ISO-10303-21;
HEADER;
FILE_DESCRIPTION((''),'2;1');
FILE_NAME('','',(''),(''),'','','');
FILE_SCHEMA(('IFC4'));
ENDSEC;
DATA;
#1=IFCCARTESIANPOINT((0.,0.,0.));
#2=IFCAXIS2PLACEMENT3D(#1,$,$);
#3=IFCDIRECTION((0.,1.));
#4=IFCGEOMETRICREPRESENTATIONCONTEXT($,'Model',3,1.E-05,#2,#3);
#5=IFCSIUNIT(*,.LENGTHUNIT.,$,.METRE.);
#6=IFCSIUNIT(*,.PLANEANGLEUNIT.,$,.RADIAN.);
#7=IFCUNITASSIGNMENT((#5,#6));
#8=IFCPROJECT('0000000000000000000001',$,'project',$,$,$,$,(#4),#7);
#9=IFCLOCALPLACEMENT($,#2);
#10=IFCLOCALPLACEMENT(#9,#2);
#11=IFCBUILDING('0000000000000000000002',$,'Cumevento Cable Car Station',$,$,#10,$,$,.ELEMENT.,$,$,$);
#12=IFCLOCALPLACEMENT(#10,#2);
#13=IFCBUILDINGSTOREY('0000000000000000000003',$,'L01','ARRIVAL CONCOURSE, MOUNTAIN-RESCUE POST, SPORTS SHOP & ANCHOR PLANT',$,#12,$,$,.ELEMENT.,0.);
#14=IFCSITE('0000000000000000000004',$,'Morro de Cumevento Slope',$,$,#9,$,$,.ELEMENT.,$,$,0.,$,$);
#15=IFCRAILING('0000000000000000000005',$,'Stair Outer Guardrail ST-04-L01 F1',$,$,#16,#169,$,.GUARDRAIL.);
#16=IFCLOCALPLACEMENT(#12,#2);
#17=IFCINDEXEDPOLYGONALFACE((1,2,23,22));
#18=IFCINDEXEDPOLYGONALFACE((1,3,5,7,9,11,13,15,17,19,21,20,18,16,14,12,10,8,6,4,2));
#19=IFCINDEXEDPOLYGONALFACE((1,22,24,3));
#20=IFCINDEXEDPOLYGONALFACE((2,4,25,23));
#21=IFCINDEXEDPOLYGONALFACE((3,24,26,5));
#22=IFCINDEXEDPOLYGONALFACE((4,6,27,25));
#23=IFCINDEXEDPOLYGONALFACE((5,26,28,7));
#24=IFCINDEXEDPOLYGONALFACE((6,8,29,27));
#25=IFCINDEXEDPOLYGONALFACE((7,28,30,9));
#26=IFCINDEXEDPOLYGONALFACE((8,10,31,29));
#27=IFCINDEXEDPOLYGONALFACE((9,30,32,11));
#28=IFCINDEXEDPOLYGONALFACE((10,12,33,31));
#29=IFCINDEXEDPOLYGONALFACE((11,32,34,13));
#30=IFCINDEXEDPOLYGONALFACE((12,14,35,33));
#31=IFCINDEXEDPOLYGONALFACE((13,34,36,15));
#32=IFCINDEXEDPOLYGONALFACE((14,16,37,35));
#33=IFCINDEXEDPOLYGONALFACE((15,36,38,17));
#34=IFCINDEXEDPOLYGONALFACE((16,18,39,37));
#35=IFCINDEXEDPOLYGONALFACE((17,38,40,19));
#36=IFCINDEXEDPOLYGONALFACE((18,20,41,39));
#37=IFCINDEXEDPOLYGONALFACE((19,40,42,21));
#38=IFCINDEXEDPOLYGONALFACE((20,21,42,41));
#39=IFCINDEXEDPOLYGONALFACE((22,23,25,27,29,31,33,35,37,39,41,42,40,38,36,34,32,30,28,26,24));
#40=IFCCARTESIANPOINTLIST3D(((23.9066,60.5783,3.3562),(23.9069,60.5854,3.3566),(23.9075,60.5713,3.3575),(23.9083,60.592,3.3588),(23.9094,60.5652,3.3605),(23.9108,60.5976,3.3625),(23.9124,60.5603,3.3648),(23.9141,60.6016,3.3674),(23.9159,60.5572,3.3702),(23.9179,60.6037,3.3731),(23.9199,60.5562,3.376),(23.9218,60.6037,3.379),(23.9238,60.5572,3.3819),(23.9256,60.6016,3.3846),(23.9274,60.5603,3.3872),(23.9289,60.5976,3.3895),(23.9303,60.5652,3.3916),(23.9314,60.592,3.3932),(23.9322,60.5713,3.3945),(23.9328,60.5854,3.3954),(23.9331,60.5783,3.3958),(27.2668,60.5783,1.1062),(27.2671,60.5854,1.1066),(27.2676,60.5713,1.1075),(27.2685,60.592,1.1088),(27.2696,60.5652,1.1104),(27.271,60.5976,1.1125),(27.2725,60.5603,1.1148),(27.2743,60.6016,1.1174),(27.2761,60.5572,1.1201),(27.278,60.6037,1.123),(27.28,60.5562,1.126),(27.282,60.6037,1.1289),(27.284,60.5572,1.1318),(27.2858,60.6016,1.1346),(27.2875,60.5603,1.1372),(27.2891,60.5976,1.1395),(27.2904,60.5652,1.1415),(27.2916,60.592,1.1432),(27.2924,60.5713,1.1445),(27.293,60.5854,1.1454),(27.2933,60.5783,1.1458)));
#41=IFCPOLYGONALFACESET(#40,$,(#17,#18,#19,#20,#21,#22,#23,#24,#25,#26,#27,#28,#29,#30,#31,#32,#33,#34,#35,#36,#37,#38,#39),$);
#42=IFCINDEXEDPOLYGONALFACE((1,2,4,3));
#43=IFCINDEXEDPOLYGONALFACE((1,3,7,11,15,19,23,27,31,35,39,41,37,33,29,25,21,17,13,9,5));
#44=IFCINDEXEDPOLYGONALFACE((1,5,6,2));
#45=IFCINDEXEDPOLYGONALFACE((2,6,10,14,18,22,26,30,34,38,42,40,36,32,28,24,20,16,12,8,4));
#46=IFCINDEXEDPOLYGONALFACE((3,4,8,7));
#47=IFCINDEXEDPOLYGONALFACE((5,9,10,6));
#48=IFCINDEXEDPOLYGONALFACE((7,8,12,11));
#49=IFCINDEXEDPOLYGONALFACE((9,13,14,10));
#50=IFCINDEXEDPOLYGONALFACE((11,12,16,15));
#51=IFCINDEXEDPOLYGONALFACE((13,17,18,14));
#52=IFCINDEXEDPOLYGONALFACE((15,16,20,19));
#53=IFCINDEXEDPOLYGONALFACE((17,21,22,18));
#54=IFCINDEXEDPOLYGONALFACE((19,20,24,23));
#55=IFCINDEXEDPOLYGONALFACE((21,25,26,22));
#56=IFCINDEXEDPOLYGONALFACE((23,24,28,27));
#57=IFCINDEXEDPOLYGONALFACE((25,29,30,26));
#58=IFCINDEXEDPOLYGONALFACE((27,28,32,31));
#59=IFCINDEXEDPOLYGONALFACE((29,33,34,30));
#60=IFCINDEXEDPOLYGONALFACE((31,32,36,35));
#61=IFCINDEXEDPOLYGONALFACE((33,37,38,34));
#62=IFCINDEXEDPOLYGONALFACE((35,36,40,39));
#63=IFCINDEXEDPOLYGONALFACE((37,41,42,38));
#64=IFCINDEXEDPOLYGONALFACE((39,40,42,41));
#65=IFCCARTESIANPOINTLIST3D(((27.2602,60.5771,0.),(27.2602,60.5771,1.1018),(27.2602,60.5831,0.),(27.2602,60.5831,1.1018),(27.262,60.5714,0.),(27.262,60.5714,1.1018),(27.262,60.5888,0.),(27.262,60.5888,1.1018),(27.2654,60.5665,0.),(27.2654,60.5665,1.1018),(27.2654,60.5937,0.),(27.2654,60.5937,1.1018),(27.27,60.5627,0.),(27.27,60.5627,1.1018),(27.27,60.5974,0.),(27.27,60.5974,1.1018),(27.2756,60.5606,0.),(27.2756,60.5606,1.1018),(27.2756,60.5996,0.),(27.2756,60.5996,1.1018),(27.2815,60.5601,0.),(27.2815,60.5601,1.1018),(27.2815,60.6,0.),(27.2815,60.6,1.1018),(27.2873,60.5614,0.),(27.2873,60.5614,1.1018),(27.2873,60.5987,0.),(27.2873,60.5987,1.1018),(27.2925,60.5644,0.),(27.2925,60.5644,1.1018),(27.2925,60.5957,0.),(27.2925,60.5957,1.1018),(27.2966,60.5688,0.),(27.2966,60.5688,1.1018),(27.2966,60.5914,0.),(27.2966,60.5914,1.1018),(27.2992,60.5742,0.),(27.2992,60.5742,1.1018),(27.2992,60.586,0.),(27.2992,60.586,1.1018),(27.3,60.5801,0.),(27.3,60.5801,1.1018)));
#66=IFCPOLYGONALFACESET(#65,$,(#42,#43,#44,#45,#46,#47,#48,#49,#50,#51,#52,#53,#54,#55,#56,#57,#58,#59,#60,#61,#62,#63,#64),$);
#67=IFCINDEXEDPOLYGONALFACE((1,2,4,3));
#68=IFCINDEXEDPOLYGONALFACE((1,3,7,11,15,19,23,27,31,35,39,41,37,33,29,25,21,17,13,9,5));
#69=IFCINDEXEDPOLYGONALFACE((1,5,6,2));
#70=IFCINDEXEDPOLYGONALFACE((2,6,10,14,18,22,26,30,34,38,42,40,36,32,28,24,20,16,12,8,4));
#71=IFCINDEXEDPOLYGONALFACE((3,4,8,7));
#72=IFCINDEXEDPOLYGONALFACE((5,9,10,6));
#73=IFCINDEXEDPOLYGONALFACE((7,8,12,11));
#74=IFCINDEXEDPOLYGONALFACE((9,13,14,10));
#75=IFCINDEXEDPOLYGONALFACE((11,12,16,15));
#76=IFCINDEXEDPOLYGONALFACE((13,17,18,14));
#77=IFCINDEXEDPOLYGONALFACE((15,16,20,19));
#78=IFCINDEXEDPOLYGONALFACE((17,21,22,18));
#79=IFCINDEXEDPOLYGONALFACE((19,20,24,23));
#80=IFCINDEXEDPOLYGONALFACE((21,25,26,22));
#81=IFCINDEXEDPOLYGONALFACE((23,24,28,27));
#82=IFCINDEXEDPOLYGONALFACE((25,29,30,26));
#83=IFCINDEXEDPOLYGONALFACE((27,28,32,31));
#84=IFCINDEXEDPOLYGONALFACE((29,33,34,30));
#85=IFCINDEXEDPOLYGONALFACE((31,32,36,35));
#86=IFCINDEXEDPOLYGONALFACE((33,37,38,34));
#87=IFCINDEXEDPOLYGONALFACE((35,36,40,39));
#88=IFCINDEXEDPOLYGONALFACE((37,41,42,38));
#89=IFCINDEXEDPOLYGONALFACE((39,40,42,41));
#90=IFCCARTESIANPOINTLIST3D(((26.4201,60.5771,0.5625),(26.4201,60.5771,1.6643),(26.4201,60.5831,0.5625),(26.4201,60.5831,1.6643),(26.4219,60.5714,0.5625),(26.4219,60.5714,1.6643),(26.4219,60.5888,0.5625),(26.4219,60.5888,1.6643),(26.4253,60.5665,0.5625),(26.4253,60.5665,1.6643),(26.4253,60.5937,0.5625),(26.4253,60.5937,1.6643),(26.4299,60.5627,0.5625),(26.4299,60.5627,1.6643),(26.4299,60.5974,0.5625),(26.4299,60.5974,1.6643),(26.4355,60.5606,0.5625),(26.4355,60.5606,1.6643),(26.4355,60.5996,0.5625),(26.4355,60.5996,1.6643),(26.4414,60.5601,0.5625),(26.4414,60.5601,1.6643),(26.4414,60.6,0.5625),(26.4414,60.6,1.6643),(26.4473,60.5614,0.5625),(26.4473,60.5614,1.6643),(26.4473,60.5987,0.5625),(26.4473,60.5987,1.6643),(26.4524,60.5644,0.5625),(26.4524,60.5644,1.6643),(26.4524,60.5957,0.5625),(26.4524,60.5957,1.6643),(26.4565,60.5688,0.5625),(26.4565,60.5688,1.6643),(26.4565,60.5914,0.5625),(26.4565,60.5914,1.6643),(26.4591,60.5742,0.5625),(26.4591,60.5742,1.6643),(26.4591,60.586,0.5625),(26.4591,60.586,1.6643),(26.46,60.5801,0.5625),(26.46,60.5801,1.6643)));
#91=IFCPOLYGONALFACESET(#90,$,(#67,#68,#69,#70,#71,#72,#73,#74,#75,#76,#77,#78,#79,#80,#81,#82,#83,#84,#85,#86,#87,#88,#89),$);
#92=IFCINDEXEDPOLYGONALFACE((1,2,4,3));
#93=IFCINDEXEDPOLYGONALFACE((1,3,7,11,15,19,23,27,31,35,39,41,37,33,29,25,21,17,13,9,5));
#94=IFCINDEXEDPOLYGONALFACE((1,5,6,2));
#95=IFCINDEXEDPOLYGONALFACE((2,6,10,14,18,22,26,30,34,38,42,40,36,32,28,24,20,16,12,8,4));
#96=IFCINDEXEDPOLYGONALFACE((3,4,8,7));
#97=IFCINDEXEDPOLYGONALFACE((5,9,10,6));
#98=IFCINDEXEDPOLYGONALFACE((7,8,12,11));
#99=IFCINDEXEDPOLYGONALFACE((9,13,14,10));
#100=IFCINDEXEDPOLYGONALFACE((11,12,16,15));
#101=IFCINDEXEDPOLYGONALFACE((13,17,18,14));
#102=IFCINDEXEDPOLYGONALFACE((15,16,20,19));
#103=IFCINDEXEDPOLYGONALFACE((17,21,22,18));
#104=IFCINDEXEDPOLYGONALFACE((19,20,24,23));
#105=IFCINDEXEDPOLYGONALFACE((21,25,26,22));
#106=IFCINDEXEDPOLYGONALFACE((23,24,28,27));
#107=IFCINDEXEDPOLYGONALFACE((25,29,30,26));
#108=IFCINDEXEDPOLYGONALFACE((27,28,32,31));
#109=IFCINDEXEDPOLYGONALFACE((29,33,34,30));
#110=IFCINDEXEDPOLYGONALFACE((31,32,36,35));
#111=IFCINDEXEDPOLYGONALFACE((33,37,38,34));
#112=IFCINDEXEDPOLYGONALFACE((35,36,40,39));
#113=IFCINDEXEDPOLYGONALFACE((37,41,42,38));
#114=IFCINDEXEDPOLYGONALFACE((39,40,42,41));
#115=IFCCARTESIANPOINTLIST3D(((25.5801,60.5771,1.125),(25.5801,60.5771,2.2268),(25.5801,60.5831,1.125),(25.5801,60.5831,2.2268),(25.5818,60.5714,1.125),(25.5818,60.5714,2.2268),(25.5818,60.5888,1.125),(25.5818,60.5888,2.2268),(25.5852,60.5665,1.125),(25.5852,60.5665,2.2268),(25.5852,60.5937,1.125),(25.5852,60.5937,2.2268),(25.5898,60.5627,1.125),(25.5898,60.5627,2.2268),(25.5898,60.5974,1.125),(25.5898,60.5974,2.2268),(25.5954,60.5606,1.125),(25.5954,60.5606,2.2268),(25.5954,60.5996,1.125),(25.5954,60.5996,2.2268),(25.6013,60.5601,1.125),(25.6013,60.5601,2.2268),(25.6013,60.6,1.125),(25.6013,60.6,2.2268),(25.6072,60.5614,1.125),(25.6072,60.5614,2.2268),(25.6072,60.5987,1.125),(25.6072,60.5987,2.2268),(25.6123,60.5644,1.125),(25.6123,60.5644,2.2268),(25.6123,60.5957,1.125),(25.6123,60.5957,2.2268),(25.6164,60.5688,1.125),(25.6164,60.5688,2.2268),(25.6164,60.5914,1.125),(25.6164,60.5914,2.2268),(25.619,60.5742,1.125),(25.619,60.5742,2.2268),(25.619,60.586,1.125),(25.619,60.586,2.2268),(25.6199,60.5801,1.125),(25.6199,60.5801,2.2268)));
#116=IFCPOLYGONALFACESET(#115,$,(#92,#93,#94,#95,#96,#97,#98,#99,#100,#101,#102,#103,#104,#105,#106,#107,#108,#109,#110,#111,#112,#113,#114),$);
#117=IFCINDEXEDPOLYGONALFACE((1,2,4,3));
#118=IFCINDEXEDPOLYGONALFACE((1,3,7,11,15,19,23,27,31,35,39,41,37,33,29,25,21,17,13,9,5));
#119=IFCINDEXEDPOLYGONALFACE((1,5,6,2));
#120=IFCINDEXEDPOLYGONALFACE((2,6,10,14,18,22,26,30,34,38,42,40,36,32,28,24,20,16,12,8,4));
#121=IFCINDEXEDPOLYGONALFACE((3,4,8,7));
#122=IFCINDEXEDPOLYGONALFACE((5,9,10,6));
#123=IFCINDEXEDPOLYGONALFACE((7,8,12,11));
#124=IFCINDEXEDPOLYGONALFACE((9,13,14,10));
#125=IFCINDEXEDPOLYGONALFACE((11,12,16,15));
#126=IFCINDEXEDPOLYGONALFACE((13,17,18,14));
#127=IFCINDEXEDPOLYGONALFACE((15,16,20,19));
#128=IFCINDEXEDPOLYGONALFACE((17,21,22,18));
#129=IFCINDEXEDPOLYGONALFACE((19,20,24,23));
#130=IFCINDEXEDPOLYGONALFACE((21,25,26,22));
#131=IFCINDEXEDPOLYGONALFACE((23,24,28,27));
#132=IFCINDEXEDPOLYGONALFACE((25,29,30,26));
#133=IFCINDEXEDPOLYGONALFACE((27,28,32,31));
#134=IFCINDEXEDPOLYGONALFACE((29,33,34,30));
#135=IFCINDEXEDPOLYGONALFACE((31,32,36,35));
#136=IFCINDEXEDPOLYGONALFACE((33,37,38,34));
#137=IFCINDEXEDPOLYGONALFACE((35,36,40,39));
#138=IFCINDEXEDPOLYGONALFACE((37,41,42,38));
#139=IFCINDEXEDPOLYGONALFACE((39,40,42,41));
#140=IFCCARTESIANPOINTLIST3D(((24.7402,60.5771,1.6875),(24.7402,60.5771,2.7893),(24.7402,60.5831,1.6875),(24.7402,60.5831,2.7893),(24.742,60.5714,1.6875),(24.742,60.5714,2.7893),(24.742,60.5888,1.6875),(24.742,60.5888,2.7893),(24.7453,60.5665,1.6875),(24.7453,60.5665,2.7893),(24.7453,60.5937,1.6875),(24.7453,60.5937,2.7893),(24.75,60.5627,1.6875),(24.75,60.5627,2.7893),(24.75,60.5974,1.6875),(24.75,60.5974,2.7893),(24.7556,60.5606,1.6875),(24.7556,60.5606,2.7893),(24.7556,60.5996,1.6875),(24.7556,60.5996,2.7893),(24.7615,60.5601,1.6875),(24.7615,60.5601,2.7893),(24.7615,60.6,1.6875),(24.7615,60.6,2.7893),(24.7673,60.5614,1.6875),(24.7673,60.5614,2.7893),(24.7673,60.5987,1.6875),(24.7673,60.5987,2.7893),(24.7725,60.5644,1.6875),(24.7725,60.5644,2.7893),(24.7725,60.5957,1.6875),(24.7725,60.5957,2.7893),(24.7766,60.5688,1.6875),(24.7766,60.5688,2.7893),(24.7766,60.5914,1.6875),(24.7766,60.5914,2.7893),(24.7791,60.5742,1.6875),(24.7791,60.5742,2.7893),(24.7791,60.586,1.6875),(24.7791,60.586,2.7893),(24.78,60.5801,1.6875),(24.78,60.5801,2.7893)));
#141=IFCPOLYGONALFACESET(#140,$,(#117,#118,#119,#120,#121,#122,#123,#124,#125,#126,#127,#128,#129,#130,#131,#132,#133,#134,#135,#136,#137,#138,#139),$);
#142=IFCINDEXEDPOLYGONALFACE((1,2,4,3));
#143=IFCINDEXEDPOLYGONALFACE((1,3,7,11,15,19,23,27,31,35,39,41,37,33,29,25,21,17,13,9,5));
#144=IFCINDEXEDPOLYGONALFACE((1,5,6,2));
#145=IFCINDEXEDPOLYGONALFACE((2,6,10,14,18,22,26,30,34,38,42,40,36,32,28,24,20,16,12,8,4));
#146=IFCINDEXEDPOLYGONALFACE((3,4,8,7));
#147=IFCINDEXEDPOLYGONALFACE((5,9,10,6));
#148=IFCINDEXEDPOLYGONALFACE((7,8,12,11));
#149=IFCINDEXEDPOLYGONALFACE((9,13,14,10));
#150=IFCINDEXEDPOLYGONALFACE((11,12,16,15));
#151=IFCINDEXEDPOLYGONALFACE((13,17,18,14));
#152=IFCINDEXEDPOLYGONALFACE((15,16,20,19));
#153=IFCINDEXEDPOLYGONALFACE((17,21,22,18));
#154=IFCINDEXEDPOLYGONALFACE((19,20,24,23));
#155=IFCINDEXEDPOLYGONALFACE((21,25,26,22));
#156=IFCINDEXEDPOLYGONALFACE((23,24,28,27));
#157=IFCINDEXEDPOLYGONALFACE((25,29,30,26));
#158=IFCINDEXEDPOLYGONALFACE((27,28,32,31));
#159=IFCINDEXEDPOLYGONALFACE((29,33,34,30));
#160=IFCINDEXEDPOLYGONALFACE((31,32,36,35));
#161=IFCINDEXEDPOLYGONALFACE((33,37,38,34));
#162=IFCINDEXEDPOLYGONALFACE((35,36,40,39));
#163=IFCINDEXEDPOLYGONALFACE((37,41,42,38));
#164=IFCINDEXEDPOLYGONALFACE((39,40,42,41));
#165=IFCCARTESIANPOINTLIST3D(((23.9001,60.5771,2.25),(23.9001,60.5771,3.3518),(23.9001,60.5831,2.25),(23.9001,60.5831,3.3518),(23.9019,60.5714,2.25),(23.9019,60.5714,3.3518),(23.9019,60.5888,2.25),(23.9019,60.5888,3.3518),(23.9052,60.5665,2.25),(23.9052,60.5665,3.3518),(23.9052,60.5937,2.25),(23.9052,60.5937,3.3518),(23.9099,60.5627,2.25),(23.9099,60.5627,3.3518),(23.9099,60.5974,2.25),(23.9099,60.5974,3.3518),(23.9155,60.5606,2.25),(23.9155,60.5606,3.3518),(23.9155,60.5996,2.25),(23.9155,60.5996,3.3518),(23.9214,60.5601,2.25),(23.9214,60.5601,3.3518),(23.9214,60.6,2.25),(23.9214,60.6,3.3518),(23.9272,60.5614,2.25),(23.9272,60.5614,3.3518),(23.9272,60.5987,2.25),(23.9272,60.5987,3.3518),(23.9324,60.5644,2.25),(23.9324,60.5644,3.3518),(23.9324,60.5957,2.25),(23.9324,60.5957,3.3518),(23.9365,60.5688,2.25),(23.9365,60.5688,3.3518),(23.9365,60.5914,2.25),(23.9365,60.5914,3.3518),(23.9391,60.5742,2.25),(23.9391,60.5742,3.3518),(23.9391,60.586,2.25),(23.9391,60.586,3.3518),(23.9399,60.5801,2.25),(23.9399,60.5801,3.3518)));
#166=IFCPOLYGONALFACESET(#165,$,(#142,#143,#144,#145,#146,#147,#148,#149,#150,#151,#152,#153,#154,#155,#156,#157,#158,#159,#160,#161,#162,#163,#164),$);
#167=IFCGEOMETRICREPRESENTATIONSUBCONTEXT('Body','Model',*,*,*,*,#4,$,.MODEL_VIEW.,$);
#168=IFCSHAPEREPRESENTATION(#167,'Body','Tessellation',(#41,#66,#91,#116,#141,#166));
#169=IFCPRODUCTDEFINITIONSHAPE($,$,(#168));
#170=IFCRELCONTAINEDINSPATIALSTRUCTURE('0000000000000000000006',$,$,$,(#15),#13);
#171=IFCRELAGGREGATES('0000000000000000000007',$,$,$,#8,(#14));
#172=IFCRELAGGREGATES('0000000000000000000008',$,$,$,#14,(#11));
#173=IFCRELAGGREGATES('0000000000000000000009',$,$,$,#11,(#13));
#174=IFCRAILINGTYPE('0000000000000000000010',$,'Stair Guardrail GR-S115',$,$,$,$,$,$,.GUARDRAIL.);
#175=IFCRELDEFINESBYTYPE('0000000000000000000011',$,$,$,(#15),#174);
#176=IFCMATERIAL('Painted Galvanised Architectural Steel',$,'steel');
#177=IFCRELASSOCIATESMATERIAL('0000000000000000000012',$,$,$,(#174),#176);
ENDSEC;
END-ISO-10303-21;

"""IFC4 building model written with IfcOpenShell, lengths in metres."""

from ifc_helpers import new_model, si_unit, direction, frame, origin, origin_2d, place, context, subcontext, project, spatial, circle, extrude, material, type_object, element, save


model = new_model("IFC4")

# Units and contexts
model_context = context("Model", 3, precision=1e-05, world=origin(), true_north=direction((0.0, 1.0)))
body_context = subcontext(model_context, "Body", "Model", "MODEL_VIEW")
ifc_project = project(units=[si_unit("LENGTHUNIT", "METRE"), si_unit("PLANEANGLEUNIT", "RADIAN")], contexts=[model_context])

# Site, building, storey
site_placement = place(None, origin())
site = spatial("IfcSite", under=ifc_project, at=site_placement, Name="Morro de Cumevento Slope", CompositionType="ELEMENT", RefElevation=0.0)
building_placement = place(site_placement, origin())
building = spatial("IfcBuilding", under=site, at=building_placement, Name="Cumevento Cable Car Station", CompositionType="ELEMENT")
storey_placement = place(building_placement, origin())
storey = spatial("IfcBuildingStorey", under=building, at=storey_placement, Name="L01", Description="ARRIVAL CONCOURSE, MOUNTAIN-RESCUE POST, SPORTS SHOP & ANCHOR PLANT", CompositionType="ELEMENT", Elevation=0.0)

# Railing
ifc_material_1 = material(Name="Painted Galvanised Architectural Steel", Category="steel")
railing_type_1 = type_object("IfcRailingType", Name="Stair Guardrail GR-S115", PredefinedType="GUARDRAIL", material=ifc_material_1)
railing_1_placement = place(storey_placement, frame((27.28, 60.5801, 0.0)))
element("IfcRailing", 1, at=railing_1_placement, inside=storey, type_object=railing_type_1, Name="Stair Outer Guardrail ST-04-L01 F1", PredefinedType="GUARDRAIL", context=body_context, shape_type="SweptSolid", body=[
    extrude(circle(Radius=0.0239, at=origin_2d()), frame((0.0, 0.0, 1.126), z_axis=(-0.830915, 0.0, 0.556399), x_axis=(0.0, -1.0, 0.0)), (0.0, 0.0, 1.0), 4.0439),
    extrude(circle(Radius=0.02, at=origin_2d()), origin(), (0.0, 0.0, 1.0), 1.1018),
    extrude(circle(Radius=0.02, at=origin_2d()), frame((-0.8401, 0.0, 0.5625)), (0.0, 0.0, 1.0), 1.1018),
    extrude(circle(Radius=0.02, at=origin_2d()), frame((-1.6802, 0.0, 1.125)), (0.0, 0.0, 1.0), 1.1018),
    extrude(circle(Radius=0.02, at=origin_2d()), frame((-2.52, 0.0, 1.6875)), (0.0, 0.0, 1.0), 1.1018),
    extrude(circle(Radius=0.02, at=origin_2d()), frame((-3.3601, 0.0, 2.25)), (0.0, 0.0, 1.0), 1.1018),
])

save(model, "model.ifc")
